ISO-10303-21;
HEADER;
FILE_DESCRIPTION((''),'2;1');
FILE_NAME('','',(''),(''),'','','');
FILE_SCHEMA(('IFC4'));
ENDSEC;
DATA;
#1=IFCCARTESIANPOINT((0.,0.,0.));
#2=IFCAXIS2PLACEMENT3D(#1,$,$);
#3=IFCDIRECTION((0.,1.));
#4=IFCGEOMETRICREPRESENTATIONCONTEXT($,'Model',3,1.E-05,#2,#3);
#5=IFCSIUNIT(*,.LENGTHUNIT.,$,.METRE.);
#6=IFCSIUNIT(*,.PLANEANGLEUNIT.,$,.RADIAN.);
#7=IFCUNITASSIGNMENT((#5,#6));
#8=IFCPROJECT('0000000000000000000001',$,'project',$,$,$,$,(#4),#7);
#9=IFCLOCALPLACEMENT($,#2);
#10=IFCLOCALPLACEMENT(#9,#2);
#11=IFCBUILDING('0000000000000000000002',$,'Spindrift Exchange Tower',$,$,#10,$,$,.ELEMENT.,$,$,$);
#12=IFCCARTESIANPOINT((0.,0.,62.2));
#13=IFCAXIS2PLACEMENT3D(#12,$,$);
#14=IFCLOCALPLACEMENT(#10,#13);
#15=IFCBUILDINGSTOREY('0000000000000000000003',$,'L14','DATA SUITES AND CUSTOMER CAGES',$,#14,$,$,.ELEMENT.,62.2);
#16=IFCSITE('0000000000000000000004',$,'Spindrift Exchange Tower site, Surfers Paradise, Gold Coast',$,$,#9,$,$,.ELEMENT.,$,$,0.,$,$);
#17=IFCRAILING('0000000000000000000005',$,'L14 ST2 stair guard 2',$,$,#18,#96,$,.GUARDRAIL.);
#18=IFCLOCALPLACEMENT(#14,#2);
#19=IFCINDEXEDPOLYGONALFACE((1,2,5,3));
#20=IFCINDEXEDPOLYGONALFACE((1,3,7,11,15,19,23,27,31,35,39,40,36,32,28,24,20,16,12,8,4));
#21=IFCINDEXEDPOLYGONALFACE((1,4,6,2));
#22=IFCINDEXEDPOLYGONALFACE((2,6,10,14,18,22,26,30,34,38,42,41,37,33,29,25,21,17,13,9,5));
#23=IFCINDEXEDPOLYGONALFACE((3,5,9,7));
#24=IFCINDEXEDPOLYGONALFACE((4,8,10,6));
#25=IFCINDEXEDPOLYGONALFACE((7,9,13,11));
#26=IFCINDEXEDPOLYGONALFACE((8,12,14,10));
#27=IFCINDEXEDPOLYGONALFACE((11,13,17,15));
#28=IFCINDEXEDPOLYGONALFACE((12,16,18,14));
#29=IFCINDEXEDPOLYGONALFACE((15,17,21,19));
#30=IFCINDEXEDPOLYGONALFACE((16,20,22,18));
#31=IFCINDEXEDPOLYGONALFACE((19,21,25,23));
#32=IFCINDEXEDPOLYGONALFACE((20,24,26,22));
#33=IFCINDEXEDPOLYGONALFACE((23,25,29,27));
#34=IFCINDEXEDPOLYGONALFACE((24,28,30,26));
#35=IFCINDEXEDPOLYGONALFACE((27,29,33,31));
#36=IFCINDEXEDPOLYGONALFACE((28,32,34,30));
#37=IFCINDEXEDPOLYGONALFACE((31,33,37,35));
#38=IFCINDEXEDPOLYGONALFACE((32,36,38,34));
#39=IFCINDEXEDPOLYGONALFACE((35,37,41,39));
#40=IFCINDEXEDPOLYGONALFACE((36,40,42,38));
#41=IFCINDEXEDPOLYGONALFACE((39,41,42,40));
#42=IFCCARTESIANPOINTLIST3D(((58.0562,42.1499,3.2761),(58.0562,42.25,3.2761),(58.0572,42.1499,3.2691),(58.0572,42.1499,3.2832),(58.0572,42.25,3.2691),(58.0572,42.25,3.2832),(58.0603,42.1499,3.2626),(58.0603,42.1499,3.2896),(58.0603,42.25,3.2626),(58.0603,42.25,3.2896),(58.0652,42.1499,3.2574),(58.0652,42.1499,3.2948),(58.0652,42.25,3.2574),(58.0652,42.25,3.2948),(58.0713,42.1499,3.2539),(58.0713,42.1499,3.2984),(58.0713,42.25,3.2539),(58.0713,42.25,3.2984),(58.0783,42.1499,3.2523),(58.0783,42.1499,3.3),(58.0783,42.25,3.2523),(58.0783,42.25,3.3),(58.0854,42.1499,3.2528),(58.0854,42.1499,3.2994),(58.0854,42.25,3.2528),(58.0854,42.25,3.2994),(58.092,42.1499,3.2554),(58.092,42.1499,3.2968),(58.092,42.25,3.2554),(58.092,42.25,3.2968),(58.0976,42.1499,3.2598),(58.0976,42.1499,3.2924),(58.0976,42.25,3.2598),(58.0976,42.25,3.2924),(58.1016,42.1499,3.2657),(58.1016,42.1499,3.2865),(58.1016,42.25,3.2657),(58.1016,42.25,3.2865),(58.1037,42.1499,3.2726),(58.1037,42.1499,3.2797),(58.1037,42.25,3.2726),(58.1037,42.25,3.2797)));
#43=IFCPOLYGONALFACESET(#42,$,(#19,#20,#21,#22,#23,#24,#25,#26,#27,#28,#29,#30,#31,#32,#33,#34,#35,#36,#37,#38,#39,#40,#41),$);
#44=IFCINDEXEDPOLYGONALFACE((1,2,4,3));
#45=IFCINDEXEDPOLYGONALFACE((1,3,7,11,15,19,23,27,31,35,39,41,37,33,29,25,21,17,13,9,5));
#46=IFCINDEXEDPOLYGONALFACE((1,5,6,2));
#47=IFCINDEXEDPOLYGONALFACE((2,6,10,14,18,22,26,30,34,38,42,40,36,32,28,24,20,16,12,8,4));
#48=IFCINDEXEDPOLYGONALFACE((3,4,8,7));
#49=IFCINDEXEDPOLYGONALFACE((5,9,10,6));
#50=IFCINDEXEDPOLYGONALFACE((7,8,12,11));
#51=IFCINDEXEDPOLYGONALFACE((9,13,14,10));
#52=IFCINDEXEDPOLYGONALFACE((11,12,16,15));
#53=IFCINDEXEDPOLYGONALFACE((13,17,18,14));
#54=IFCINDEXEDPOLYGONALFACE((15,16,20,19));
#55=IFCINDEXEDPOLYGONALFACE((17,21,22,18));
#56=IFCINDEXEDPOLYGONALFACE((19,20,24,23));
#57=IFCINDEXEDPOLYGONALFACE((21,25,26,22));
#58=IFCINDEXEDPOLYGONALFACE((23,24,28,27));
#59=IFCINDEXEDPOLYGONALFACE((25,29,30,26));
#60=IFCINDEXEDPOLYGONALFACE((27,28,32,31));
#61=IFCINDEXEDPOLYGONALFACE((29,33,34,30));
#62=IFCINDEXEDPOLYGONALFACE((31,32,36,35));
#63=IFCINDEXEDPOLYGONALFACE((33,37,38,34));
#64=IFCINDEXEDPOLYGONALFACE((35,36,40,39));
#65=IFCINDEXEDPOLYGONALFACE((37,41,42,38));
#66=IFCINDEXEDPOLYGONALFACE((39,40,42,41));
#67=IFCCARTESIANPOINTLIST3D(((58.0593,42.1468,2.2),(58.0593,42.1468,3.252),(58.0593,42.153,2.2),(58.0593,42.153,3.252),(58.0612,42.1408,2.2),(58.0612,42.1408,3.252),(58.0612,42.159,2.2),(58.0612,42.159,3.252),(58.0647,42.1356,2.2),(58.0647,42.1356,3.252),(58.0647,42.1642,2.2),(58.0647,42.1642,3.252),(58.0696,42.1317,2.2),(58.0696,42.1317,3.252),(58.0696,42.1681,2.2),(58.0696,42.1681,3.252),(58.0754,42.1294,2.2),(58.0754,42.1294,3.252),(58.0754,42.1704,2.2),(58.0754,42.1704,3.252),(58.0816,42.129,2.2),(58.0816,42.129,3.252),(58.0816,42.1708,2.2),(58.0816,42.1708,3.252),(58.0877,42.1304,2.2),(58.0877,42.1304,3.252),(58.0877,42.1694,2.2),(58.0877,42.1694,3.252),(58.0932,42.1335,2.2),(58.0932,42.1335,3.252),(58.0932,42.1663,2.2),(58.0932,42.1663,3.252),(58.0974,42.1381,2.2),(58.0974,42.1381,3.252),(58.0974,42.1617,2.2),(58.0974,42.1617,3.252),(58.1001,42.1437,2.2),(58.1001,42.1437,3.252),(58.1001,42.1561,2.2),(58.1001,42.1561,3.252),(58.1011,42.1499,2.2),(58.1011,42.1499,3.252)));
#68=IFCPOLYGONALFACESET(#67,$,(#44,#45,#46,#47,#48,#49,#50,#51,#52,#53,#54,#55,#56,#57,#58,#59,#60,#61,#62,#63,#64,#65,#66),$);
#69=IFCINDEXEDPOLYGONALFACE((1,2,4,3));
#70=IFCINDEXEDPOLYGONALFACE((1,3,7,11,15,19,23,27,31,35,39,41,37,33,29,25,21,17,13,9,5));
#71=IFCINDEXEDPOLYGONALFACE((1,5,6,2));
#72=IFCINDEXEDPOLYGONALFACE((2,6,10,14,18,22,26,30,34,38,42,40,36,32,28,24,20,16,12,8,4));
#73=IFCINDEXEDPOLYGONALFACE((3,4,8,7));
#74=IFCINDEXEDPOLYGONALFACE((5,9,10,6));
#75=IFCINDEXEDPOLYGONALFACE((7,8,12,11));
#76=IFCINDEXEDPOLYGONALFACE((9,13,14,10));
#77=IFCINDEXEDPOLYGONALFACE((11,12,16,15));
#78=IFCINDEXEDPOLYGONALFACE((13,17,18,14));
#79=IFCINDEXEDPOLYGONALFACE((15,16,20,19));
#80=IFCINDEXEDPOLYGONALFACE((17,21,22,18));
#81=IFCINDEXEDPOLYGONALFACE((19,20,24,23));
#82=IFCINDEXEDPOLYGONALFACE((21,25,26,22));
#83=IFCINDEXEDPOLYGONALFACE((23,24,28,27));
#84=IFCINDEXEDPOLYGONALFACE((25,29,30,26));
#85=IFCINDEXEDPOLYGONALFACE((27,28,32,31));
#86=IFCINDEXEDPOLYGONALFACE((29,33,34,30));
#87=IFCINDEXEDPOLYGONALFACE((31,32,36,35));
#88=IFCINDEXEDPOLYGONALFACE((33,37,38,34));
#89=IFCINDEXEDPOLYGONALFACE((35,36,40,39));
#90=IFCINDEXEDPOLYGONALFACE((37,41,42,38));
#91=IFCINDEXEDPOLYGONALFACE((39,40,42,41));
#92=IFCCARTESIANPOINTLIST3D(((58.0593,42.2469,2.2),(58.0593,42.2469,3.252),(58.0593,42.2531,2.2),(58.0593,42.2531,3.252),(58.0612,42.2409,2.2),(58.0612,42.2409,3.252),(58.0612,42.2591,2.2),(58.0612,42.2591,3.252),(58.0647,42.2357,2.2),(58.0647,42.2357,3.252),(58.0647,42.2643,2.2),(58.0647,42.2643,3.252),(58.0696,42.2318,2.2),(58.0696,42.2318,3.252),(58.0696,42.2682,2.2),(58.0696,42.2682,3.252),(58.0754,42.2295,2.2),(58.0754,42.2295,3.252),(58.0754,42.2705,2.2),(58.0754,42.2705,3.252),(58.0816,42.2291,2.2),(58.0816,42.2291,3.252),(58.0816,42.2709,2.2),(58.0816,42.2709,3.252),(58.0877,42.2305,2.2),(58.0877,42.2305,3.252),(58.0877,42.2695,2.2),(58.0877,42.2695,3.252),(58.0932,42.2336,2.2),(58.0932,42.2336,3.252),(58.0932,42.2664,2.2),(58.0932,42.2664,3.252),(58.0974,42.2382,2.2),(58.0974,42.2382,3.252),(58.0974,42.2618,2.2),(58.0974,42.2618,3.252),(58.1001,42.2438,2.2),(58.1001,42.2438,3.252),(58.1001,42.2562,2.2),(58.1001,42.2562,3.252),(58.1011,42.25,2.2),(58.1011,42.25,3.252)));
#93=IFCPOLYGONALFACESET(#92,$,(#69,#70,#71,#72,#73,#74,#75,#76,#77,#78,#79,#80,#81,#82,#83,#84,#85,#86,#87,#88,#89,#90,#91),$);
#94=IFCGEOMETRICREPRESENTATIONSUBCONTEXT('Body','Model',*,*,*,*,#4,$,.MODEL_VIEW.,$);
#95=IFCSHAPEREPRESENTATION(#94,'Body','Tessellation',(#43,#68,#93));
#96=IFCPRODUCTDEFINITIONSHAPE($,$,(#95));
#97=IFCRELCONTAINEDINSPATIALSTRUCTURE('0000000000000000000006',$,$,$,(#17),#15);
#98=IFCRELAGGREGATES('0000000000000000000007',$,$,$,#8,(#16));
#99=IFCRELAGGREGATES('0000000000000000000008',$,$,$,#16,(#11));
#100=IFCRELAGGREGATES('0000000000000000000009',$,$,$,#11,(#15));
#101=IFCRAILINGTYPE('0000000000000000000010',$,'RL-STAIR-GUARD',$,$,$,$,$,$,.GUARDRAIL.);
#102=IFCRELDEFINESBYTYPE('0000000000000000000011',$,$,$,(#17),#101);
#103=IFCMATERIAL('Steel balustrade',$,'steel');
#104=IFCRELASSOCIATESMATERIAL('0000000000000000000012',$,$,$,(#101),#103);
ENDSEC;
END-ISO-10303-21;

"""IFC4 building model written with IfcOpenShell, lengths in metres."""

from ifc_helpers import new_model, si_unit, direction, frame, origin, origin_2d, place, context, subcontext, project, spatial, circle, extrude, material, type_object, element, save


model = new_model("IFC4")

# Units and contexts
model_context = context("Model", 3, precision=1e-05, world=origin(), true_north=direction((0.0, 1.0)))
body_context = subcontext(model_context, "Body", "Model", "MODEL_VIEW")
ifc_project = project(units=[si_unit("LENGTHUNIT", "METRE"), si_unit("PLANEANGLEUNIT", "RADIAN")], contexts=[model_context])

# Site, building, storey
site_placement = place(None, origin())
site = spatial("IfcSite", under=ifc_project, at=site_placement, Name="Spindrift Exchange Tower site, Surfers Paradise, Gold Coast", CompositionType="ELEMENT", RefElevation=0.0)
building_placement = place(site_placement, origin())
building = spatial("IfcBuilding", under=site, at=building_placement, Name="Spindrift Exchange Tower", CompositionType="ELEMENT")
storey_placement = place(building_placement, frame((0.0, 0.0, 62.2)))
storey = spatial("IfcBuildingStorey", under=building, at=storey_placement, Name="L14", Description="DATA SUITES AND CUSTOMER CAGES", CompositionType="ELEMENT", Elevation=62.2)

# Railing
ifc_material_1 = material(Name="Steel balustrade", Category="steel")
railing_type_1 = type_object("IfcRailingType", Name="RL-STAIR-GUARD", PredefinedType="GUARDRAIL", material=ifc_material_1)
railing_1_placement = place(storey_placement, frame((58.0801, 42.1499, 2.2)))
element("IfcRailing", 1, at=railing_1_placement, inside=storey, type_object=railing_type_1, Name="L14 ST2 stair guard 2", PredefinedType="GUARDRAIL", context=body_context, shape_type="SweptSolid", body=[
    extrude(circle(Radius=0.0239, at=origin_2d()), frame((0.0, 0.0, 1.0762), z_axis=(0.0, 1.0, 0.0), x_axis=(-1.0, 0.0, 0.0)), (0.0, 0.0, 1.0), 0.1001),
    extrude(circle(Radius=0.021, at=origin_2d()), origin(), (0.0, 0.0, 1.0), 1.052),
    extrude(circle(Radius=0.021, at=origin_2d()), frame((0.0, 0.1001, 0.0)), (0.0, 0.0, 1.0), 1.052),
])

save(model, "model.ifc")
